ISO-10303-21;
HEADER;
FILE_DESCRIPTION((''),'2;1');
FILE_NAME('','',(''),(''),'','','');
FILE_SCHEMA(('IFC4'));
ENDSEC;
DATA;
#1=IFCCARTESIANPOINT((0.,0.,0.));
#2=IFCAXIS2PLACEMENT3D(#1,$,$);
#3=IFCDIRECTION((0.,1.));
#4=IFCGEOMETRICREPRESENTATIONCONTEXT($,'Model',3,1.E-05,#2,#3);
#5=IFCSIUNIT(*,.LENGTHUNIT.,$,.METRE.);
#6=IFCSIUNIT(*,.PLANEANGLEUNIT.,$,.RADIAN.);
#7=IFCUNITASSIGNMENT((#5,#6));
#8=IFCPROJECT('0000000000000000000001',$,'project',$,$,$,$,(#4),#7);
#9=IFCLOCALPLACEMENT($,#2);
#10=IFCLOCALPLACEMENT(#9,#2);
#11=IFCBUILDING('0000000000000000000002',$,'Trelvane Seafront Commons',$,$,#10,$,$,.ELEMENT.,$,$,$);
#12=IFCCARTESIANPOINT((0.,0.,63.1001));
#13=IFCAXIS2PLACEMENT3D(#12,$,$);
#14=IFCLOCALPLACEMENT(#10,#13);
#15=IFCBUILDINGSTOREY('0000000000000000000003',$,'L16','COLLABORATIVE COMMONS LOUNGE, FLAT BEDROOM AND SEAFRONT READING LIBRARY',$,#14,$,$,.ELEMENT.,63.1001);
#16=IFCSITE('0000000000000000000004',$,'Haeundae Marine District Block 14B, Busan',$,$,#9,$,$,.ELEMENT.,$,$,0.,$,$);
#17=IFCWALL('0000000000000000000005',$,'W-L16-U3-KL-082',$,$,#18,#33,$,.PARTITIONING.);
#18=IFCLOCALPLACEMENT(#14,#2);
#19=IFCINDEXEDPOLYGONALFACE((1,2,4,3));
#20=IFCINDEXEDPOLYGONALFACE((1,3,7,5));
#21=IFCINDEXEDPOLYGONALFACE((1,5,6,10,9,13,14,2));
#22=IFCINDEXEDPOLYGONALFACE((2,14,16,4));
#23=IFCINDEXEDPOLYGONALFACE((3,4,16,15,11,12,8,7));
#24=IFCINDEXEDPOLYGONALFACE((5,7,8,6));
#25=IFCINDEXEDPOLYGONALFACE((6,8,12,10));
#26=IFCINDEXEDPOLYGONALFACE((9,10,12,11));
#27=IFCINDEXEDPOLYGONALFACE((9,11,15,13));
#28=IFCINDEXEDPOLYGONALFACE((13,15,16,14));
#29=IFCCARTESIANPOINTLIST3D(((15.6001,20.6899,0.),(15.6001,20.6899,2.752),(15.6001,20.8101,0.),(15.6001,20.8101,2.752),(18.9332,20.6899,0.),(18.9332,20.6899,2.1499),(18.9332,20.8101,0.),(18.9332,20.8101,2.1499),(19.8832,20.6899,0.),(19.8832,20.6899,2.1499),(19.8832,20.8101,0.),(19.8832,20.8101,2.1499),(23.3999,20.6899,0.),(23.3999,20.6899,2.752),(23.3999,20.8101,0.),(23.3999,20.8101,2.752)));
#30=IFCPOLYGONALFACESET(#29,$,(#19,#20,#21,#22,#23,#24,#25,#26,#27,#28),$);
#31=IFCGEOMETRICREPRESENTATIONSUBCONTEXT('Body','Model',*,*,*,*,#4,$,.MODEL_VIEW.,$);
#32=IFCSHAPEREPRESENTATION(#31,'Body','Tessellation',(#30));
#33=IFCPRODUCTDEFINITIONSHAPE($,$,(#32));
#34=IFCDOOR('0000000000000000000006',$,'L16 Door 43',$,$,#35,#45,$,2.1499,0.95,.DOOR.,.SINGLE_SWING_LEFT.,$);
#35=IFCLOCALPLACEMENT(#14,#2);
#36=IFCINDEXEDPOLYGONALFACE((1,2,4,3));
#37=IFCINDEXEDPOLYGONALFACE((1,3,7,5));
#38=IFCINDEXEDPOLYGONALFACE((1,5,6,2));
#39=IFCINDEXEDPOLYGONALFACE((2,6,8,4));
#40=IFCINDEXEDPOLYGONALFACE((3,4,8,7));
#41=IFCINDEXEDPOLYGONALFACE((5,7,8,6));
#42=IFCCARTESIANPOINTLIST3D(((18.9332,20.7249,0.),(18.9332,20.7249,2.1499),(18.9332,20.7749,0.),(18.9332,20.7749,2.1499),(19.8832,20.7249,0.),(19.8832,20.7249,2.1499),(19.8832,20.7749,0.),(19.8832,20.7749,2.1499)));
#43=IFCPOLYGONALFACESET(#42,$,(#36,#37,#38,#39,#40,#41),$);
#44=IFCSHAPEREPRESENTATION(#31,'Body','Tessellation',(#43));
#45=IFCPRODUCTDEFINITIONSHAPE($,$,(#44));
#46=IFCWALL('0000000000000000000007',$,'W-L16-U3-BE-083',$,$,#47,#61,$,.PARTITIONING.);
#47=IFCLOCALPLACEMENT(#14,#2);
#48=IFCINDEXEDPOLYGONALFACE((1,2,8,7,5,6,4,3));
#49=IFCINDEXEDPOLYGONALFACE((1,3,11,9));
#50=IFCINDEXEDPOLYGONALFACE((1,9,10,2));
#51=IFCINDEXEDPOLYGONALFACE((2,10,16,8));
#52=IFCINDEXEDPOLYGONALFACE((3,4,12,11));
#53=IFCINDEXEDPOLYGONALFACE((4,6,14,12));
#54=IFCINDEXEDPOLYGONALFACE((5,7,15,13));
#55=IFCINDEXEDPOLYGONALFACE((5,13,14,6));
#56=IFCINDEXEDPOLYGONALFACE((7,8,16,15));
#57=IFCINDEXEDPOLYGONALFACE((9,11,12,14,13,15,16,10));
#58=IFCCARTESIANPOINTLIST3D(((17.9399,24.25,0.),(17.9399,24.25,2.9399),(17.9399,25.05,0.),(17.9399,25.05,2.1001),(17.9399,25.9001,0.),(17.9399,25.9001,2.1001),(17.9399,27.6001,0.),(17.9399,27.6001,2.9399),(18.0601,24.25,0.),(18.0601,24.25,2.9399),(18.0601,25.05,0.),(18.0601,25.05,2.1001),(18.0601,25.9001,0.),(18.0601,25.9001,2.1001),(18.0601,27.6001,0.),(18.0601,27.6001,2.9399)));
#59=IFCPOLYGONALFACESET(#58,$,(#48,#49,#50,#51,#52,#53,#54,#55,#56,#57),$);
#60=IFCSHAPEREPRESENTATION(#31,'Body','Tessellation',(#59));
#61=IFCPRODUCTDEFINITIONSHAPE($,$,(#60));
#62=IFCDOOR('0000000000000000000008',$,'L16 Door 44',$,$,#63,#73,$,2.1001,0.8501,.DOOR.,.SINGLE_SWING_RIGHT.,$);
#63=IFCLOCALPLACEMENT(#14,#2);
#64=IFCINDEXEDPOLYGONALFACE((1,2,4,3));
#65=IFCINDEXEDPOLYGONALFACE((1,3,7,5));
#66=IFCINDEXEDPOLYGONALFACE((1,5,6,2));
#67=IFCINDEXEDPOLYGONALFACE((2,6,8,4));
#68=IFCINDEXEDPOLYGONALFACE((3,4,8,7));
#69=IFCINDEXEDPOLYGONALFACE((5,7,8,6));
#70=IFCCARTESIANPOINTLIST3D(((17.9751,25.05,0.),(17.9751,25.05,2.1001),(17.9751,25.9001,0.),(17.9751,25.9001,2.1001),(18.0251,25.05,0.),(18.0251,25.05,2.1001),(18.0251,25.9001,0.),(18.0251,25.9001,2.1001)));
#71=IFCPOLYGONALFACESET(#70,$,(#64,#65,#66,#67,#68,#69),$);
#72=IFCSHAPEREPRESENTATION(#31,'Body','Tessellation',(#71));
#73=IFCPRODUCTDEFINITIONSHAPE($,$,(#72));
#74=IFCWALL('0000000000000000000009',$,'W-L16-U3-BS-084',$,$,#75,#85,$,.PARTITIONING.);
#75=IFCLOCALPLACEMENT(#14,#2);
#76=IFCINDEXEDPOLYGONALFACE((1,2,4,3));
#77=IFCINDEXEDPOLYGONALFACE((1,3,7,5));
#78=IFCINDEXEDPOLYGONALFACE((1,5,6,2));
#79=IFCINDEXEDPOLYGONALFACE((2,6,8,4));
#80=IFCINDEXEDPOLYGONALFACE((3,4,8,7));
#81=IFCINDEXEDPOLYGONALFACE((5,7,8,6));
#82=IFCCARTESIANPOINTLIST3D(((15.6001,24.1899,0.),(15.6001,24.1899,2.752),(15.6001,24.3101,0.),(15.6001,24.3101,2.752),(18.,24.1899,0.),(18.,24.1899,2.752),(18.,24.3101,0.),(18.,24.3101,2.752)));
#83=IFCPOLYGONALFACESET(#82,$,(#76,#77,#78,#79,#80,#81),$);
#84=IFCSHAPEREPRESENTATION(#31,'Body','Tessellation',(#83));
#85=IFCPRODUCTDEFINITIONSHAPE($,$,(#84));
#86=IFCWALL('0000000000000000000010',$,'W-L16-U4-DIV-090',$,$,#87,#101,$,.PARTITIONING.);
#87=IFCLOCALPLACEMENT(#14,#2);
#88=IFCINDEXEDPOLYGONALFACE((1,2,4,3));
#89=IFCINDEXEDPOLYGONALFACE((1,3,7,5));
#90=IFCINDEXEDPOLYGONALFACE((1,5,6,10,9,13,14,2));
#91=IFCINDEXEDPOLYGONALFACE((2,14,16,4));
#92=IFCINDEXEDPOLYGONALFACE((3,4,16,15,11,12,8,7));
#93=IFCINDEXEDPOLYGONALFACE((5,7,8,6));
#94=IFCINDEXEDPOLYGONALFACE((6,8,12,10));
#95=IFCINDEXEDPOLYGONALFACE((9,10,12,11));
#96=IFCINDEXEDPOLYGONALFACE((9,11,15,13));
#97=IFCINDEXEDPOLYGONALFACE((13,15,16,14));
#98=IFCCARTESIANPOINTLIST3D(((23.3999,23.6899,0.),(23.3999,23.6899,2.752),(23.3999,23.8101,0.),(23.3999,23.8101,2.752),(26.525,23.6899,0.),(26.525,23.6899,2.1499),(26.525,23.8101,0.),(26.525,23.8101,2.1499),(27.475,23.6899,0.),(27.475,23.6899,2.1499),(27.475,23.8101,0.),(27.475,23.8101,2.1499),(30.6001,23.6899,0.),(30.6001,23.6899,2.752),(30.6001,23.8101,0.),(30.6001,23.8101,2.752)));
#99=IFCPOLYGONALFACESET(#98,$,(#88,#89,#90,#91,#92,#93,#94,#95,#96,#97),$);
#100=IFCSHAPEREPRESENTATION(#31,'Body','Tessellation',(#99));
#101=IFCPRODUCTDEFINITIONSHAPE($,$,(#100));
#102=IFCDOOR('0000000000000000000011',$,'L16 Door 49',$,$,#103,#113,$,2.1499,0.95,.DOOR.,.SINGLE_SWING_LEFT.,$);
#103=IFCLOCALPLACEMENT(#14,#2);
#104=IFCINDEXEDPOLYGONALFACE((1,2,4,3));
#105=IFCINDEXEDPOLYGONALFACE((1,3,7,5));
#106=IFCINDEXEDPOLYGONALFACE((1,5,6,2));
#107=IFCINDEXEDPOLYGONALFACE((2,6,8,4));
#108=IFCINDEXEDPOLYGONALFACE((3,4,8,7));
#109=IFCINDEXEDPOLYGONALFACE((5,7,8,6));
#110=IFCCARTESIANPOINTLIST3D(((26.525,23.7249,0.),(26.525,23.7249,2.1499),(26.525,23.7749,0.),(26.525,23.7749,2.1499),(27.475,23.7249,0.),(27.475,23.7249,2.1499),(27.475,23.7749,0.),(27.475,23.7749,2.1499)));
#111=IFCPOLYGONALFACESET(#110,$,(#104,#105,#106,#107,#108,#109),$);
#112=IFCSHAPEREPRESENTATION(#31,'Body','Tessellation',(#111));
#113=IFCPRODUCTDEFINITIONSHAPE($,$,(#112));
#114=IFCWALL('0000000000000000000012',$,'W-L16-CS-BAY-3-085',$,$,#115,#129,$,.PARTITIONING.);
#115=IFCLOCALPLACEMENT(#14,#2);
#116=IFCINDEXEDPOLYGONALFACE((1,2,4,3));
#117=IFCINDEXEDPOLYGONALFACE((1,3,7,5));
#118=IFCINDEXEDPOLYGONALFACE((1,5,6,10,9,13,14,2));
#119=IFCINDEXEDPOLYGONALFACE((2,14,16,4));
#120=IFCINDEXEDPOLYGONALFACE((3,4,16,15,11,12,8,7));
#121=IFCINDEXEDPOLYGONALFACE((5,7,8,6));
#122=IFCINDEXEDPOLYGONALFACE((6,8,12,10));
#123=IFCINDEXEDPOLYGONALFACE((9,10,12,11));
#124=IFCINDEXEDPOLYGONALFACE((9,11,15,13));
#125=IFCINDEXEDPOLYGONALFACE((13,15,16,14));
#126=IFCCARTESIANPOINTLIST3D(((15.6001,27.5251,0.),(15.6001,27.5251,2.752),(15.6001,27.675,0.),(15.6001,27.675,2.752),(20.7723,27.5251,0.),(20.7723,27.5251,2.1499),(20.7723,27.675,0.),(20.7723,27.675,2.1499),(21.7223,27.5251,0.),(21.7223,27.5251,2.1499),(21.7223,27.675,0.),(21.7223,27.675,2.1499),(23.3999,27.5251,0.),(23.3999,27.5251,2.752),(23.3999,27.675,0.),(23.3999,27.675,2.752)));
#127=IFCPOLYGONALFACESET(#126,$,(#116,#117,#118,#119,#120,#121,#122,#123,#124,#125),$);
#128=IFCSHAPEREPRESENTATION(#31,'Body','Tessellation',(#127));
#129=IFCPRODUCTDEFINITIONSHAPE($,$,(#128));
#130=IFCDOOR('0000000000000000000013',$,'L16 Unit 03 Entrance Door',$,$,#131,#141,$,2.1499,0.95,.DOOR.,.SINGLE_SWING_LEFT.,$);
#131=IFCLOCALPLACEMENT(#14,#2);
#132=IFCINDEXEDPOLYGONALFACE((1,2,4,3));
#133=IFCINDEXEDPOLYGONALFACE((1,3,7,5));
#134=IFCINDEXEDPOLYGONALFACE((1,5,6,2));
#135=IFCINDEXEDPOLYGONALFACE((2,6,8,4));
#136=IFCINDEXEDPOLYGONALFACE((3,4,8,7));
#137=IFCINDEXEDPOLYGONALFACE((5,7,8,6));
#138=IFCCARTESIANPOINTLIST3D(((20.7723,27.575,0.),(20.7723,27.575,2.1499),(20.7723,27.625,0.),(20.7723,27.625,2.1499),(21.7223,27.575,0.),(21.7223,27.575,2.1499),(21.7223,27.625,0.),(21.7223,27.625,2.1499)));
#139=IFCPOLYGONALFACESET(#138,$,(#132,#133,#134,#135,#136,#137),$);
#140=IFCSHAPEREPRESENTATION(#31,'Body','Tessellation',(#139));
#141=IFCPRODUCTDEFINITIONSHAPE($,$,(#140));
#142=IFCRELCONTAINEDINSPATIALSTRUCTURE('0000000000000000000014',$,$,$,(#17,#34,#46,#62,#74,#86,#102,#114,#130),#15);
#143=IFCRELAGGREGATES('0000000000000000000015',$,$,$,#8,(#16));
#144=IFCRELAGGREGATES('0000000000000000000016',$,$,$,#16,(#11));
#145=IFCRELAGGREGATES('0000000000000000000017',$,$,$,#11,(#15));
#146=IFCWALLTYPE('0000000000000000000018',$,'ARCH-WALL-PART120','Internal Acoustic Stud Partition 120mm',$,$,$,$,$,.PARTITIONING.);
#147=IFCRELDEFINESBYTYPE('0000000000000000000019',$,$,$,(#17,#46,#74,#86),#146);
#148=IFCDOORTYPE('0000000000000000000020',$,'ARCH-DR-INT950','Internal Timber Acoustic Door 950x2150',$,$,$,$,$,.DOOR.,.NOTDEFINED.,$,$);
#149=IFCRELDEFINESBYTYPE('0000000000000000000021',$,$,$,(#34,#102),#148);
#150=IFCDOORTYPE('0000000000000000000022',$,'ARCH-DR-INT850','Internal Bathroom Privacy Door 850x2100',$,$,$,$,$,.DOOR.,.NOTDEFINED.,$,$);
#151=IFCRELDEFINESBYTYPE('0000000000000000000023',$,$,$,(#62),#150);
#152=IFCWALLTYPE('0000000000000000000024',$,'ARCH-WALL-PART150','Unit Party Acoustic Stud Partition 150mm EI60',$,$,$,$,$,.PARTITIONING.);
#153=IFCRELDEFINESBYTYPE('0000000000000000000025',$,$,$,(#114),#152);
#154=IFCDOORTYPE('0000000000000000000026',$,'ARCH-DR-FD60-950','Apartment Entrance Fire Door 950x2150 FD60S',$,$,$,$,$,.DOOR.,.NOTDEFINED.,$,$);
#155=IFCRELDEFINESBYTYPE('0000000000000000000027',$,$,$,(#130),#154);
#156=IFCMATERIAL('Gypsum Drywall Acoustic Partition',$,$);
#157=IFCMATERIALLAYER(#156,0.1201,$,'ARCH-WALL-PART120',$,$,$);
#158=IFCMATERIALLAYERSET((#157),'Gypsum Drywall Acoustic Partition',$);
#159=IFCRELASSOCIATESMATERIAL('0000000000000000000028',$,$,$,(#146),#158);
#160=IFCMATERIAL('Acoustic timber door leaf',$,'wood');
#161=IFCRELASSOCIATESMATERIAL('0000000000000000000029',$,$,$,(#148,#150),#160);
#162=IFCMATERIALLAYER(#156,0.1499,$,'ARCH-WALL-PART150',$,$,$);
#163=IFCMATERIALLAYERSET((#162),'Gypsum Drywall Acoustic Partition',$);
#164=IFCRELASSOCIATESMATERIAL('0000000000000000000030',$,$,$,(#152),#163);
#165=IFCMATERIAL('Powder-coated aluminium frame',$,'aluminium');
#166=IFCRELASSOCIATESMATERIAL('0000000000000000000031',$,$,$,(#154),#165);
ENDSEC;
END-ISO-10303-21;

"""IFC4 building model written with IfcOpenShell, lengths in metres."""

from ifc_helpers import new_model, si_unit, direction, frame, frame_2d, origin, place, context, subcontext, project, spatial, rectangle, extrude, source, transform, mapped, material, layer, layer_set, type_object, element, fill, save


model = new_model("IFC4")

# Units and contexts
model_context = context("Model", 3, precision=1e-05, world=origin(), true_north=direction((0.0, 1.0)))
body_context = subcontext(model_context, "Body", "Model", "MODEL_VIEW")
ifc_project = project(units=[si_unit("LENGTHUNIT", "METRE"), si_unit("PLANEANGLEUNIT", "RADIAN")], contexts=[model_context])

# Site, building, storey
site_placement = place(None, origin())
site = spatial("IfcSite", under=ifc_project, at=site_placement, Name="Haeundae Marine District Block 14B, Busan", CompositionType="ELEMENT", RefElevation=0.0)
building_placement = place(site_placement, origin())
building = spatial("IfcBuilding", under=site, at=building_placement, Name="Trelvane Seafront Commons", CompositionType="ELEMENT")
storey_placement = place(building_placement, frame((0.0, 0.0, 63.1001)))
storey = spatial("IfcBuildingStorey", under=building, at=storey_placement, Name="L16", Description="COLLABORATIVE COMMONS LOUNGE, FLAT BEDROOM AND SEAFRONT READING LIBRARY", CompositionType="ELEMENT", Elevation=63.1001)

# Walls, openings, doors
ifc_material_1 = material(Name="Gypsum Drywall Acoustic Partition")
ifc_layer_1 = layer(ifc_material_1, 0.1201, Name="ARCH-WALL-PART120")
ifc_layer_set_1 = layer_set([ifc_layer_1], Name="Gypsum Drywall Acoustic Partition")
wall_type_1 = type_object("IfcWallType", Name="ARCH-WALL-PART120", Description="Internal Acoustic Stud Partition 120mm", PredefinedType="PARTITIONING", material=ifc_layer_set_1)
wall_1_placement = place(storey_placement, frame((15.6001, 20.75, 0.0), z_axis=(0.0, 0.0, 1.0), x_axis=(1.0, 0.0, 0.0)))
wall_1 = element("IfcWall", 1, at=wall_1_placement, inside=storey, type_object=wall_type_1, Name="W-L16-U3-KL-082", PredefinedType="PARTITIONING", context=body_context, shape_type="SweptSolid", body=[
    extrude(rectangle(XDim=7.7998, YDim=0.1201, at=frame_2d((3.8999, 0.0))), origin(), (0.0, 0.0, 1.0), 2.752),
])
opening_1_placement = place(wall_1_placement, frame((3.333, 0.0, 0.0)))
opening_1 = element("IfcOpeningElement", 2, at=opening_1_placement, cuts=wall_1, PredefinedType="OPENING", context=body_context, shape_type="SweptSolid", body=[
    extrude(rectangle(XDim=0.95, YDim=2.1499, at=frame_2d((0.4751, 1.075))), frame((0.0, 0.0701, 0.0), z_axis=(0.0, -1.0, 0.0), x_axis=(1.0, 0.0, 0.0)), (0.0, 0.0, 1.0), 0.1401),
])
ifc_material_2 = material(Name="Acoustic timber door leaf", Category="wood")
door_type_1 = type_object("IfcDoorType", Name="ARCH-DR-INT950", Description="Internal Timber Acoustic Door 950x2150", OperationType="NOTDEFINED", PredefinedType="DOOR", material=ifc_material_2)
shared_shape_1 = source(origin(), body_context, "Body", "SweptSolid", [
    extrude(rectangle(XDim=0.95, YDim=2.1499, at=frame_2d((0.4751, 1.075))), frame((0.0, 0.0249, 0.0), z_axis=(0.0, -1.0, 0.0), x_axis=(1.0, 0.0, 0.0)), (0.0, 0.0, 1.0), 0.05),
])
door_1_placement = place(opening_1_placement, origin())
door_1 = element("IfcDoor", 3, at=door_1_placement, inside=storey, type_object=door_type_1, Name="L16 Door 43", OperationType="SINGLE_SWING_LEFT", OverallHeight=2.1499, OverallWidth=0.95, PredefinedType="DOOR", context=body_context, shape_type="MappedRepresentation", body=[
    mapped(shared_shape_1, transform((0.0, 0.0, 0.0), x_axis=(1.0, 0.0, 0.0), y_axis=(0.0, 1.0, 0.0), z_axis=(0.0, 0.0, 1.0), scale=1.0)),
])
fill(opening_1, door_1)
wall_2_placement = place(storey_placement, frame((18.0, 24.25, 0.0), z_axis=(0.0, 0.0, 1.0), x_axis=(0.0, 1.0, 0.0)))
wall_2 = element("IfcWall", 4, at=wall_2_placement, inside=storey, type_object=wall_type_1, Name="W-L16-U3-BE-083", PredefinedType="PARTITIONING", context=body_context, shape_type="SweptSolid", body=[
    extrude(rectangle(XDim=3.3501, YDim=0.1201, at=frame_2d((1.675, 0.0))), origin(), (0.0, 0.0, 1.0), 2.9399),
])
opening_2_placement = place(wall_2_placement, frame((0.8, 0.0, 0.0)))
opening_2 = element("IfcOpeningElement", 5, at=opening_2_placement, cuts=wall_2, PredefinedType="OPENING", context=body_context, shape_type="SweptSolid", body=[
    extrude(rectangle(XDim=0.8501, YDim=2.1001, at=frame_2d((0.425, 1.05))), frame((0.0, 0.0701, 0.0), z_axis=(0.0, -1.0, 0.0), x_axis=(1.0, 0.0, 0.0)), (0.0, 0.0, 1.0), 0.1401),
])
door_type_2 = type_object("IfcDoorType", Name="ARCH-DR-INT850", Description="Internal Bathroom Privacy Door 850x2100", OperationType="NOTDEFINED", PredefinedType="DOOR", material=ifc_material_2)
shared_shape_2 = source(origin(), body_context, "Body", "SweptSolid", [
    extrude(rectangle(XDim=0.8501, YDim=2.1001, at=frame_2d((0.425, 1.05))), frame((0.0, 0.0249, 0.0), z_axis=(0.0, -1.0, 0.0), x_axis=(1.0, 0.0, 0.0)), (0.0, 0.0, 1.0), 0.05),
])
door_2_placement = place(opening_2_placement, origin())
door_2 = element("IfcDoor", 6, at=door_2_placement, inside=storey, type_object=door_type_2, Name="L16 Door 44", OperationType="SINGLE_SWING_RIGHT", OverallHeight=2.1001, OverallWidth=0.8501, PredefinedType="DOOR", context=body_context, shape_type="MappedRepresentation", body=[
    mapped(shared_shape_2, transform((0.0, 0.0, 0.0), x_axis=(1.0, 0.0, 0.0), y_axis=(0.0, 1.0, 0.0), z_axis=(0.0, 0.0, 1.0), scale=1.0)),
])
fill(opening_2, door_2)

# Wall
wall_3_placement = place(storey_placement, frame((15.6001, 24.25, 0.0), z_axis=(0.0, 0.0, 1.0), x_axis=(1.0, 0.0, 0.0)))
element("IfcWall", 7, at=wall_3_placement, inside=storey, type_object=wall_type_1, Name="W-L16-U3-BS-084", PredefinedType="PARTITIONING", context=body_context, shape_type="SweptSolid", body=[
    extrude(rectangle(XDim=2.3999, YDim=0.1201, at=frame_2d((1.2, 0.0))), origin(), (0.0, 0.0, 1.0), 2.752),
])

# Walls, openings, doors
wall_4_placement = place(storey_placement, frame((23.3999, 23.75, 0.0), z_axis=(0.0, 0.0, 1.0), x_axis=(1.0, 0.0, 0.0)))
wall_4 = element("IfcWall", 8, at=wall_4_placement, inside=storey, type_object=wall_type_1, Name="W-L16-U4-DIV-090", PredefinedType="PARTITIONING", context=body_context, shape_type="SweptSolid", body=[
    extrude(rectangle(XDim=7.2002, YDim=0.1201, at=frame_2d((3.6001, 0.0))), origin(), (0.0, 0.0, 1.0), 2.752),
])
opening_3_placement = place(wall_4_placement, frame((3.125, 0.0, 0.0)))
opening_3 = element("IfcOpeningElement", 9, at=opening_3_placement, cuts=wall_4, PredefinedType="OPENING", context=body_context, shape_type="SweptSolid", body=[
    extrude(rectangle(XDim=0.95, YDim=2.1499, at=frame_2d((0.4751, 1.075))), frame((0.0, 0.0701, 0.0), z_axis=(0.0, -1.0, 0.0), x_axis=(1.0, 0.0, 0.0)), (0.0, 0.0, 1.0), 0.1401),
])
door_3_placement = place(opening_3_placement, origin())
door_3 = element("IfcDoor", 10, at=door_3_placement, inside=storey, type_object=door_type_1, Name="L16 Door 49", OperationType="SINGLE_SWING_LEFT", OverallHeight=2.1499, OverallWidth=0.95, PredefinedType="DOOR", context=body_context, shape_type="MappedRepresentation", body=[
    mapped(shared_shape_1, transform((0.0, 0.0, 0.0), x_axis=(1.0, 0.0, 0.0), y_axis=(0.0, 1.0, 0.0), z_axis=(0.0, 0.0, 1.0), scale=1.0)),
])
fill(opening_3, door_3)
ifc_layer_2 = layer(ifc_material_1, 0.1499, Name="ARCH-WALL-PART150")
ifc_layer_set_2 = layer_set([ifc_layer_2], Name="Gypsum Drywall Acoustic Partition")
wall_type_2 = type_object("IfcWallType", Name="ARCH-WALL-PART150", Description="Unit Party Acoustic Stud Partition 150mm EI60", PredefinedType="PARTITIONING", material=ifc_layer_set_2)
wall_5_placement = place(storey_placement, frame((15.6001, 27.6001, 0.0), z_axis=(0.0, 0.0, 1.0), x_axis=(1.0, 0.0, 0.0)))
wall_5 = element("IfcWall", 11, at=wall_5_placement, inside=storey, type_object=wall_type_2, Name="W-L16-CS-BAY-3-085", PredefinedType="PARTITIONING", context=body_context, shape_type="SweptSolid", body=[
    extrude(rectangle(XDim=7.7998, YDim=0.1499, at=frame_2d((3.8999, 0.0))), origin(), (0.0, 0.0, 1.0), 2.752),
])
opening_4_placement = place(wall_5_placement, frame((5.1721, 0.0, 0.0)))
opening_4 = element("IfcOpeningElement", 12, at=opening_4_placement, cuts=wall_5, PredefinedType="OPENING", context=body_context, shape_type="SweptSolid", body=[
    extrude(rectangle(XDim=0.95, YDim=2.1499, at=frame_2d((0.4751, 1.075))), frame((0.0, 0.085, 0.0), z_axis=(0.0, -1.0, 0.0), x_axis=(1.0, 0.0, 0.0)), (0.0, 0.0, 1.0), 0.1699),
])
ifc_material_3 = material(Name="Powder-coated aluminium frame", Category="aluminium")
door_type_3 = type_object("IfcDoorType", Name="ARCH-DR-FD60-950", Description="Apartment Entrance Fire Door 950x2150 FD60S", OperationType="NOTDEFINED", PredefinedType="DOOR", material=ifc_material_3)
door_4_placement = place(opening_4_placement, origin())
door_4 = element("IfcDoor", 13, at=door_4_placement, inside=storey, type_object=door_type_3, Name="L16 Unit 03 Entrance Door", OperationType="SINGLE_SWING_LEFT", OverallHeight=2.1499, OverallWidth=0.95, PredefinedType="DOOR", context=body_context, shape_type="MappedRepresentation", body=[
    mapped(shared_shape_1, transform((0.0, 0.0, 0.0), x_axis=(1.0, 0.0, 0.0), y_axis=(0.0, 1.0, 0.0), z_axis=(0.0, 0.0, 1.0), scale=1.0)),
])
fill(opening_4, door_4)

save(model, "model.ifc")
